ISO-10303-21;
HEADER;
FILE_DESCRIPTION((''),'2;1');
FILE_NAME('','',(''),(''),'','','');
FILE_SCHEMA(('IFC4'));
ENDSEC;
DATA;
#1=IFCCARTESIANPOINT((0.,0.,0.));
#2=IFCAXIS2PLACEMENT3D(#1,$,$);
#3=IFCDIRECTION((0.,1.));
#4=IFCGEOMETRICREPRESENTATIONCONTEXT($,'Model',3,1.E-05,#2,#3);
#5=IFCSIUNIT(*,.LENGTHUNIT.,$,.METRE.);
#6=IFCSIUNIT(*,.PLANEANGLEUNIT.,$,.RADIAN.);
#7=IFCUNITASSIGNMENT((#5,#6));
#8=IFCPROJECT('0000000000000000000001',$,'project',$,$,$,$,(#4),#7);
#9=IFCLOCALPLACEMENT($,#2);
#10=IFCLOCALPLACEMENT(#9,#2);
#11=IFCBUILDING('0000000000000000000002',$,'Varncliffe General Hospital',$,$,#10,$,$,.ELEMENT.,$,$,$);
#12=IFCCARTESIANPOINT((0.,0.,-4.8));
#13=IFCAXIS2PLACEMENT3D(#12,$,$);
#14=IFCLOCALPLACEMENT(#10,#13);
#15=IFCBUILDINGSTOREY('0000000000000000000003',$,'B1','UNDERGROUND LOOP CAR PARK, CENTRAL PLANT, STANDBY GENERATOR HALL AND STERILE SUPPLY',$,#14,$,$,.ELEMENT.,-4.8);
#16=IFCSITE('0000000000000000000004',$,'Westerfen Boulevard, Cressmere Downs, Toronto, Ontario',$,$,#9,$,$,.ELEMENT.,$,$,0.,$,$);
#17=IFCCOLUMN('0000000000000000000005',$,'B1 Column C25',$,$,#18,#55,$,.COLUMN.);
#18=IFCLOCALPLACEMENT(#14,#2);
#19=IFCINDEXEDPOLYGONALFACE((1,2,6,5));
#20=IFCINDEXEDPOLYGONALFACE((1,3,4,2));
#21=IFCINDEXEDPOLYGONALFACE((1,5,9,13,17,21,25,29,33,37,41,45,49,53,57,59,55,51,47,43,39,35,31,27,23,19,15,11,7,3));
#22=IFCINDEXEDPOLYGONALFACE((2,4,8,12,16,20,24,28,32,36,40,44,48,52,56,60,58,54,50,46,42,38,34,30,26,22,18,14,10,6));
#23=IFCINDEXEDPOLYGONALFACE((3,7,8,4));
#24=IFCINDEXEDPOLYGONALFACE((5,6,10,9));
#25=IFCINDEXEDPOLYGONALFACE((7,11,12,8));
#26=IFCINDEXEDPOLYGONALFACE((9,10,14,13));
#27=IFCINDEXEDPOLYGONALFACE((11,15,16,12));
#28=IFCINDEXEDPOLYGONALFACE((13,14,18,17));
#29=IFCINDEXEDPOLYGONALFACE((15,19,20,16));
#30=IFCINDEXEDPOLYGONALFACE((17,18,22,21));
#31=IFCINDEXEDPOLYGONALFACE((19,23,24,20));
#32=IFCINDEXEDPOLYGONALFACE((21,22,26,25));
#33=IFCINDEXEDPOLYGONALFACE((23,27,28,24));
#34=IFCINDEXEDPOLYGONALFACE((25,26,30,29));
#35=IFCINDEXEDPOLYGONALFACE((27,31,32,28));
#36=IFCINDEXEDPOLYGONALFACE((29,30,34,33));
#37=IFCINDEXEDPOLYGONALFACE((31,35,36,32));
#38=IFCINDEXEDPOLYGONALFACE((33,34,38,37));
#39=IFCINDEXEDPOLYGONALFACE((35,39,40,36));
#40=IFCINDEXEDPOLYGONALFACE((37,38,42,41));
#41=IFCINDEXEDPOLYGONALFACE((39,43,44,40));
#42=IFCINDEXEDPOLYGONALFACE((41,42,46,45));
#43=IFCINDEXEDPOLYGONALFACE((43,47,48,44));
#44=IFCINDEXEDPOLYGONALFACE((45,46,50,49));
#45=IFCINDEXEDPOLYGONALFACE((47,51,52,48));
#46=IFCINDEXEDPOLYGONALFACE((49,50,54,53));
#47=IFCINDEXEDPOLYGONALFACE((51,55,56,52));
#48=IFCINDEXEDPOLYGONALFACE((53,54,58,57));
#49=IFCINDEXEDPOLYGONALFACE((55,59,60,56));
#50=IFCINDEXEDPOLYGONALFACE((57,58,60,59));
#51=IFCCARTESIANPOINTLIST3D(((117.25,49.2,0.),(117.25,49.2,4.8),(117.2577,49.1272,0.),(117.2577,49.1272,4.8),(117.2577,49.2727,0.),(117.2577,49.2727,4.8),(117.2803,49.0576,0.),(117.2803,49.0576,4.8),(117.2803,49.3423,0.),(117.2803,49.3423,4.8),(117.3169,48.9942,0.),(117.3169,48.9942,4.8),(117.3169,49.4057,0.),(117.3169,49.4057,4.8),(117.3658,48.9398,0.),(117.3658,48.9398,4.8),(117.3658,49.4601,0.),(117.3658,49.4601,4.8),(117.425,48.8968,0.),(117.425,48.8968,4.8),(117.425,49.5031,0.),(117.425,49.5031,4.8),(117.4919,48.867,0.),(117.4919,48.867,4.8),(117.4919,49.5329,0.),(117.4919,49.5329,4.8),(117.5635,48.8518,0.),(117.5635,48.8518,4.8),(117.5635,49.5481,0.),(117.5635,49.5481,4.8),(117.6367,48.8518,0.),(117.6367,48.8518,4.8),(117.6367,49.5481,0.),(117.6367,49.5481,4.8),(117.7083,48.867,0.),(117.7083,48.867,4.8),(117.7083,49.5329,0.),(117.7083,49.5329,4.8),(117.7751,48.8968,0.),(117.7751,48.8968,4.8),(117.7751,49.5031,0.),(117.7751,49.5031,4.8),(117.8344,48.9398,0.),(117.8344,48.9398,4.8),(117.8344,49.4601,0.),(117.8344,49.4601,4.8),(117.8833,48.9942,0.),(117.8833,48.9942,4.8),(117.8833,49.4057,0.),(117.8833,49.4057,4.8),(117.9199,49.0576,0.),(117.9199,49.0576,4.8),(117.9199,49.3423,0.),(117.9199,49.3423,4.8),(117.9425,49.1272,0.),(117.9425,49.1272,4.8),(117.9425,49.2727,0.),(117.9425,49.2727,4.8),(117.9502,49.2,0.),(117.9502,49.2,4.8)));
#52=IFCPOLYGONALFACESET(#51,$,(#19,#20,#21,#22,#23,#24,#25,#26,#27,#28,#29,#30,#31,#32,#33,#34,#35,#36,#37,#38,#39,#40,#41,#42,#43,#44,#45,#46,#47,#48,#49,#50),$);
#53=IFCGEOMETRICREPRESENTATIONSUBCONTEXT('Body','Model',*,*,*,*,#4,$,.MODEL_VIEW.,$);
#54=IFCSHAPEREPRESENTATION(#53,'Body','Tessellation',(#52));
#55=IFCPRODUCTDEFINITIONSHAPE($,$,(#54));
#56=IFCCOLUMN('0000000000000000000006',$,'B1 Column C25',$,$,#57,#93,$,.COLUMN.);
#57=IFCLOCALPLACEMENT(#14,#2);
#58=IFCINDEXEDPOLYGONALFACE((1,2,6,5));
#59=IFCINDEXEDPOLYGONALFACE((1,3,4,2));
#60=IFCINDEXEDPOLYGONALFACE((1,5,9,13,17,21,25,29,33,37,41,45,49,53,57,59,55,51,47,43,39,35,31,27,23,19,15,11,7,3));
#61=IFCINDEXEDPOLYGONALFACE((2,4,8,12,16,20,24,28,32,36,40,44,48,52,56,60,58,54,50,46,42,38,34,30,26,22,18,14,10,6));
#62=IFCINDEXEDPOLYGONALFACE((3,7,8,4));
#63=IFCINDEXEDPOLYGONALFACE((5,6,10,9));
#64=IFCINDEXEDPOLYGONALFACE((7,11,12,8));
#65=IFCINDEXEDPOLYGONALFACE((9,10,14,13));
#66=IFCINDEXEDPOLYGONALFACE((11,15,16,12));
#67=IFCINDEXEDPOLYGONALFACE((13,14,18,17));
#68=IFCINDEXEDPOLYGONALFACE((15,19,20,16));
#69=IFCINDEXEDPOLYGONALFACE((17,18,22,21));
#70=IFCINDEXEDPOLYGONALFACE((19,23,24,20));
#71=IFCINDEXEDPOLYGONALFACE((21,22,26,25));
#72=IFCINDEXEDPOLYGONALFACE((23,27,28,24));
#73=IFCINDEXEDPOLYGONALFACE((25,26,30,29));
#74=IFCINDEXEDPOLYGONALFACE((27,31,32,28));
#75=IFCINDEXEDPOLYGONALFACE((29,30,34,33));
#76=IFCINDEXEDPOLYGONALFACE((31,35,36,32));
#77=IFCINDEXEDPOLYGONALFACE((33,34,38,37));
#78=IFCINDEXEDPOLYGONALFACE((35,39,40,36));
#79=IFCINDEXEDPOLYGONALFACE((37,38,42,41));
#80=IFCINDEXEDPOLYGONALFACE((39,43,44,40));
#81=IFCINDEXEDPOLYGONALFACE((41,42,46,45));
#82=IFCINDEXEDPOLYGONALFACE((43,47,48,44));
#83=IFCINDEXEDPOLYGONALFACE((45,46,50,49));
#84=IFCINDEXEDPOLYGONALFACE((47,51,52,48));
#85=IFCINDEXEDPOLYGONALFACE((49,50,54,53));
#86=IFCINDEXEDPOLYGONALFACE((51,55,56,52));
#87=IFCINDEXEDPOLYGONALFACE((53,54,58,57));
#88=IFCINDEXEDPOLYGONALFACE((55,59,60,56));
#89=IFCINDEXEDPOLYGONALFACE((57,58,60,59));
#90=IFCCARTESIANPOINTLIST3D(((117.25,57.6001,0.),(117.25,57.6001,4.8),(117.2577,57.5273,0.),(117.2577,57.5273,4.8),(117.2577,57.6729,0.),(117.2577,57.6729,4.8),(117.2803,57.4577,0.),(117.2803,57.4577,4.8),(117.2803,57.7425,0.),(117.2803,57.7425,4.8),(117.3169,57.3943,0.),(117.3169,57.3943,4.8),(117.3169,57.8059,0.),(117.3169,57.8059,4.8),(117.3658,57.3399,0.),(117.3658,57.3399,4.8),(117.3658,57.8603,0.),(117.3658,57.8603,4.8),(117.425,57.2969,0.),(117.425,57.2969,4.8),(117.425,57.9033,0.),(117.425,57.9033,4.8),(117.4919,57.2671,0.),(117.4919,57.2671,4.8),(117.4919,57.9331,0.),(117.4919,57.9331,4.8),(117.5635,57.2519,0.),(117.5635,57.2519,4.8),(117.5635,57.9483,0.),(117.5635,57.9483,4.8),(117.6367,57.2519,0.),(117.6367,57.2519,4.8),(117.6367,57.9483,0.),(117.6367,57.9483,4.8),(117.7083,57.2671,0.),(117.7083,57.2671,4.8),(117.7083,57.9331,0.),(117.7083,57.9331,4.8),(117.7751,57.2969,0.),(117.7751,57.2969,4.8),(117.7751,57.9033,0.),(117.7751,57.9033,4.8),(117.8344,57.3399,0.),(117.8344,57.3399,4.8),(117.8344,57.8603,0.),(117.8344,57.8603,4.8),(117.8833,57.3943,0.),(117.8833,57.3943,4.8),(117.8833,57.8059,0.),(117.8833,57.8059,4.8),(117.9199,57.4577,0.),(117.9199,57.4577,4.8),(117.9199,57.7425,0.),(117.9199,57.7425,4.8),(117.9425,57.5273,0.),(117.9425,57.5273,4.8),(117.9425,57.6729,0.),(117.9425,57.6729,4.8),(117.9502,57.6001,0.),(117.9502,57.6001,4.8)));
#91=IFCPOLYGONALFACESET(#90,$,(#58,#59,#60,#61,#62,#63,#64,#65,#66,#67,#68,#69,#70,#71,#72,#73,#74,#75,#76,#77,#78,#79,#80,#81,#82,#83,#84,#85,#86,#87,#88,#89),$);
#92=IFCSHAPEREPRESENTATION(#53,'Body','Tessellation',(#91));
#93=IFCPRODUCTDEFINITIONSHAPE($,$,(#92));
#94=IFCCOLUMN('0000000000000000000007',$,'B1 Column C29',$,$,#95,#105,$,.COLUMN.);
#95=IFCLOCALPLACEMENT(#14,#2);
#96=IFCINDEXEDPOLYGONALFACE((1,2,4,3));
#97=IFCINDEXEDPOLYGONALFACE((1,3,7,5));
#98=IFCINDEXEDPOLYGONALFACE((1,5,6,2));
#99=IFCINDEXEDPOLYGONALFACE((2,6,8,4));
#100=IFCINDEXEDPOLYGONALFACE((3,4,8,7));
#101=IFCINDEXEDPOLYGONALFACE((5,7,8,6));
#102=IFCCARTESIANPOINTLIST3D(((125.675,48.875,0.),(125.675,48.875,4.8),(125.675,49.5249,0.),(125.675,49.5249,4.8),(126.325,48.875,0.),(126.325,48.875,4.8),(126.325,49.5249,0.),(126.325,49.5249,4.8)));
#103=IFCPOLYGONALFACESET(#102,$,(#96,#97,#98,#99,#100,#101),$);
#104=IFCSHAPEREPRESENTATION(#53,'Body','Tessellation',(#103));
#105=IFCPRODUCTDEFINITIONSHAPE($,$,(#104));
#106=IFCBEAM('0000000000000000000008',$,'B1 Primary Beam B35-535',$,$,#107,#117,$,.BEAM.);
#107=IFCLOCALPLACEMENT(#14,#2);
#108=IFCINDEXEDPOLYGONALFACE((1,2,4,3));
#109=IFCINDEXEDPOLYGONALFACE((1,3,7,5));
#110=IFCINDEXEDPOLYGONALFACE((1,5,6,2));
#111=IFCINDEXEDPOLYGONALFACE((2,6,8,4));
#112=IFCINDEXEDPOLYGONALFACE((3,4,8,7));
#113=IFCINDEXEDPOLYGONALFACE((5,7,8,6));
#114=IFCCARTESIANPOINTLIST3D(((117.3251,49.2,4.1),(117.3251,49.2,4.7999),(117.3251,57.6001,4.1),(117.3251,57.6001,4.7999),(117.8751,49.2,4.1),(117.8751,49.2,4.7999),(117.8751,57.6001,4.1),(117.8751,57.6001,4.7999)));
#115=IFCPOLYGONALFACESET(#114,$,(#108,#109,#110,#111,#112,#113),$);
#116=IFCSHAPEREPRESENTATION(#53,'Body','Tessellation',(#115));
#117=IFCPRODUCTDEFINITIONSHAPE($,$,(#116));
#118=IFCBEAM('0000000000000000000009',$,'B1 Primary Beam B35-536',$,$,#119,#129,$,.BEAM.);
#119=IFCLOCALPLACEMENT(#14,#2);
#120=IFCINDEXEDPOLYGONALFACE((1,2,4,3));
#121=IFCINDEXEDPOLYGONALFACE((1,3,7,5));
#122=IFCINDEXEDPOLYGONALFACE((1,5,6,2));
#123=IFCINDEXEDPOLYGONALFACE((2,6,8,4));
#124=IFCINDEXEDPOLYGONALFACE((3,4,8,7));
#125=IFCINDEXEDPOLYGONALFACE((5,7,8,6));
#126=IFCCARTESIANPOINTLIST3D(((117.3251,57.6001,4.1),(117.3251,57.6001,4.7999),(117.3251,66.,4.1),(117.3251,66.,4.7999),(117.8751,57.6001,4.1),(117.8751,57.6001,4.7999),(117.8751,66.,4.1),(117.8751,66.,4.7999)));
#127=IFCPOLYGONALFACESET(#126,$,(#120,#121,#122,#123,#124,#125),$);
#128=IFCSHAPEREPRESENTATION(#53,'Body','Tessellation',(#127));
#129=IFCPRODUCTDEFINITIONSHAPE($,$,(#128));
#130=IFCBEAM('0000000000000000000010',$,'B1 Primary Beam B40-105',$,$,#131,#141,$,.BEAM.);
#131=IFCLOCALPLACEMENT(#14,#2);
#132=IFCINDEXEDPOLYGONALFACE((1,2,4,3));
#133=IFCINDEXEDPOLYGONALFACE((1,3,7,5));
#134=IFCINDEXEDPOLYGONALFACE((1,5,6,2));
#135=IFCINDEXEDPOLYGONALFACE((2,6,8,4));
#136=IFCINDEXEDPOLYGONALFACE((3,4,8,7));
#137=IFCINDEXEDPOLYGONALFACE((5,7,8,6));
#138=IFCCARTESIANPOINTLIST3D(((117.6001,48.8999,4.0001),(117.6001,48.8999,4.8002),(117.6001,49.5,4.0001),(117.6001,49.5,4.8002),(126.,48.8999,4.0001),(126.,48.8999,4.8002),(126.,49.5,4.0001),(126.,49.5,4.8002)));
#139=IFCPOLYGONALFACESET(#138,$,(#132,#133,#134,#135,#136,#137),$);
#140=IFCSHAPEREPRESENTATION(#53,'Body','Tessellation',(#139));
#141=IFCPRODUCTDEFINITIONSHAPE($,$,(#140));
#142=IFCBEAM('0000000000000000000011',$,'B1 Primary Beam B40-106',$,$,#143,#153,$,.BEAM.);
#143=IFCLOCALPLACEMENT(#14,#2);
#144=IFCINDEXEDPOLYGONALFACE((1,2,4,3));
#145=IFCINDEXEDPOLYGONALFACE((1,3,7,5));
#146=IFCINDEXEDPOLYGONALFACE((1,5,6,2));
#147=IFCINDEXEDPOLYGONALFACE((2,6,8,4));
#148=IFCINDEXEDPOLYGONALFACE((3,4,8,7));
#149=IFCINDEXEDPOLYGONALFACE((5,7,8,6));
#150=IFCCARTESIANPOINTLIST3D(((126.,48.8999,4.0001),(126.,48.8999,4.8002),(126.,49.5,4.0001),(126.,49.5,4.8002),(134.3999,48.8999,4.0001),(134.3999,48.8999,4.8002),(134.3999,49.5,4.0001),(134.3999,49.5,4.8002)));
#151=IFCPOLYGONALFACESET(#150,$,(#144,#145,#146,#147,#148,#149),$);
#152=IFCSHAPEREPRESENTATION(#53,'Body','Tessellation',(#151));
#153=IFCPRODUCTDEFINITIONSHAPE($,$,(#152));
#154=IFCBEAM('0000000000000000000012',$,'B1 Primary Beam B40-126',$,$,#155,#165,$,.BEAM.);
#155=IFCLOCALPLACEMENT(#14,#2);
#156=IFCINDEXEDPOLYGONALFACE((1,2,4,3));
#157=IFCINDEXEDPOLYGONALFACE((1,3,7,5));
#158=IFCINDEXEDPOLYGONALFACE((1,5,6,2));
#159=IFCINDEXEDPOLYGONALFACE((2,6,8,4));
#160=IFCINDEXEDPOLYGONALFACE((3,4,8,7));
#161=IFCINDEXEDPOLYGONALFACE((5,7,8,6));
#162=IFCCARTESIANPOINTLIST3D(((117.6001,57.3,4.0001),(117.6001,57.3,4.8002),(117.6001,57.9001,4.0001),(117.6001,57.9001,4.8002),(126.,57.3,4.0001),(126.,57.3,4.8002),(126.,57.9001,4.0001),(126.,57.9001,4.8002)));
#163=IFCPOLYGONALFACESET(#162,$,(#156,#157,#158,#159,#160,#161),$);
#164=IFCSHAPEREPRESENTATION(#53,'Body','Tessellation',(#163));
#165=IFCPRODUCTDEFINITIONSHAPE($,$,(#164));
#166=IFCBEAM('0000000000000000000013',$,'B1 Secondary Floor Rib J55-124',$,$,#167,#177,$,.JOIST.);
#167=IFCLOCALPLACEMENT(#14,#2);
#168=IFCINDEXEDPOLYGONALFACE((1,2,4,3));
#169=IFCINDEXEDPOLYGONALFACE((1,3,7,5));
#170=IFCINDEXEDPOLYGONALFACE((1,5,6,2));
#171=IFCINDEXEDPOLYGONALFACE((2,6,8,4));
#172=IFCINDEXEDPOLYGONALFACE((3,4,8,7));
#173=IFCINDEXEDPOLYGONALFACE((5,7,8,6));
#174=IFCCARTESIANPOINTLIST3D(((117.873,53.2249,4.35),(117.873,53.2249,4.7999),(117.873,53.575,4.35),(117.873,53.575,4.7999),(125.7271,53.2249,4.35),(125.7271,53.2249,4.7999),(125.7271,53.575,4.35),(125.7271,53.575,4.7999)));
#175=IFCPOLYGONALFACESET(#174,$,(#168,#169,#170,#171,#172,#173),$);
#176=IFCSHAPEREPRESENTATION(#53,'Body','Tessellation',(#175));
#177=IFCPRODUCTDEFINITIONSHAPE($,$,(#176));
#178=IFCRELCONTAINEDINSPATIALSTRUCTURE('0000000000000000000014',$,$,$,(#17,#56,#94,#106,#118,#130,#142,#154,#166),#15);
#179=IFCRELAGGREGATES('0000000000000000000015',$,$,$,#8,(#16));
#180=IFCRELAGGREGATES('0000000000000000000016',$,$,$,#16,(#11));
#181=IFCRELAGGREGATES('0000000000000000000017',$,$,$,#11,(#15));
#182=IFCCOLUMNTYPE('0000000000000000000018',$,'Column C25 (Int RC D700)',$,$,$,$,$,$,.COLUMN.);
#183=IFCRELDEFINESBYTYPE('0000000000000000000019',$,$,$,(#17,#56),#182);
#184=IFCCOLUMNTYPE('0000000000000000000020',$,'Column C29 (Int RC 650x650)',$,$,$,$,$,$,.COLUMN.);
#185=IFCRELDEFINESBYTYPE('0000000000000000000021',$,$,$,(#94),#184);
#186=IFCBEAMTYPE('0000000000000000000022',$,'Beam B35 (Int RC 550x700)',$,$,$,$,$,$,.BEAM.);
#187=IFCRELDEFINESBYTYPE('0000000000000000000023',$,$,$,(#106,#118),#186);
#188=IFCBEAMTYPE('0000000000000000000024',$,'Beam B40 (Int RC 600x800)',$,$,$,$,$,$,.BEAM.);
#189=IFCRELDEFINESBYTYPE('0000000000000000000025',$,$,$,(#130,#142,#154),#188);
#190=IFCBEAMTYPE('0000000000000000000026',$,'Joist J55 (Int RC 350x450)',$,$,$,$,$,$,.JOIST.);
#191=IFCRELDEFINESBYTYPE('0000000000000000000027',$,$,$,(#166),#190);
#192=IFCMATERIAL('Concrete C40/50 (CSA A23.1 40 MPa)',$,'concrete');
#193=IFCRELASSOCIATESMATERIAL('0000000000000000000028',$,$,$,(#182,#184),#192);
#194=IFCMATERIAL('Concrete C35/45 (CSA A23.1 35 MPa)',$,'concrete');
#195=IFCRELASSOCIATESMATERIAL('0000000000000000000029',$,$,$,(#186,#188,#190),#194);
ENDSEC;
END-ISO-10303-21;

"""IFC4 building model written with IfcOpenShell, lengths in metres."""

from ifc_helpers import new_model, si_unit, direction, frame, origin, origin_2d, place, context, subcontext, project, spatial, rectangle, circle, extrude, material, material_profile, profile_set, type_object, element, save


model = new_model("IFC4")

# Units and contexts
model_context = context("Model", 3, precision=1e-05, world=origin(), true_north=direction((0.0, 1.0)))
body_context = subcontext(model_context, "Body", "Model", "MODEL_VIEW")
ifc_project = project(units=[si_unit("LENGTHUNIT", "METRE"), si_unit("PLANEANGLEUNIT", "RADIAN")], contexts=[model_context])

# Site, building, storey
site_placement = place(None, origin())
site = spatial("IfcSite", under=ifc_project, at=site_placement, Name="Westerfen Boulevard, Cressmere Downs, Toronto, Ontario", CompositionType="ELEMENT", RefElevation=0.0)
building_placement = place(site_placement, origin())
building = spatial("IfcBuilding", under=site, at=building_placement, Name="Varncliffe General Hospital", CompositionType="ELEMENT")
storey_placement = place(building_placement, frame((0.0, 0.0, -4.8)))
storey = spatial("IfcBuildingStorey", under=building, at=storey_placement, Name="B1", Description="UNDERGROUND LOOP CAR PARK, CENTRAL PLANT, STANDBY GENERATOR HALL AND STERILE SUPPLY", CompositionType="ELEMENT", Elevation=-4.8)

# Shared definitions
ifc_material_1 = material(Name="Concrete C40/50 (CSA A23.1 40 MPa)", Category="concrete")

# Columns
ifc_material_profile_1 = material_profile(ifc_material_1, circle(Radius=0.3501, at=origin_2d()), Name="RC D700")
ifc_profile_set_1 = profile_set([ifc_material_profile_1], Name="Concrete C40/50 (CSA A23.1 40 MPa)")
column_type_1 = type_object("IfcColumnType", Name="Column C25 (Int RC D700)", PredefinedType="COLUMN", material=ifc_profile_set_1)
for number, where, z_axis, x_axis, name in (
    (1, (117.6001, 49.2, 0.0), (0.0, 0.0, 1.0), (1.0, 0.0, 0.0), "B1 Column C25"),
    (2, (117.6001, 57.6001, 0.0), (0.0, 0.0, 1.0), (1.0, 0.0, 0.0), "B1 Column C25"),
):
    element("IfcColumn", number, at=place(storey_placement, frame(where, z_axis=z_axis, x_axis=x_axis)), inside=storey, type_object=column_type_1, Name=name, PredefinedType="COLUMN", context=body_context, shape_type="SweptSolid", body=[
        extrude(circle(Radius=0.3501, at=origin_2d()), origin(), (0.0, 0.0, 1.0), 4.8),
    ])
ifc_material_profile_2 = material_profile(ifc_material_1, rectangle(XDim=0.6499, YDim=0.6499, at=origin_2d()), Name="RC 650x650")
ifc_profile_set_2 = profile_set([ifc_material_profile_2], Name="Concrete C40/50 (CSA A23.1 40 MPa)")
column_type_2 = type_object("IfcColumnType", Name="Column C29 (Int RC 650x650)", PredefinedType="COLUMN", material=ifc_profile_set_2)
column_placement = place(storey_placement, frame((126.0, 49.2, 0.0), z_axis=(0.0, 0.0, 1.0), x_axis=(1.0, 0.0, 0.0)))
element("IfcColumn", 3, at=column_placement, inside=storey, type_object=column_type_2, Name="B1 Column C29", PredefinedType="COLUMN", context=body_context, shape_type="SweptSolid", body=[
    extrude(rectangle(XDim=0.6499, YDim=0.6499, at=origin_2d()), origin(), (0.0, 0.0, 1.0), 4.8),
])

# Beams
ifc_material_2 = material(Name="Concrete C35/45 (CSA A23.1 35 MPa)", Category="concrete")
ifc_material_profile_3 = material_profile(ifc_material_2, rectangle(XDim=0.55, YDim=0.7, at=origin_2d()), Name="RC 550x700")
ifc_profile_set_3 = profile_set([ifc_material_profile_3], Name="Concrete C35/45 (CSA A23.1 35 MPa)")
beam_type_1 = type_object("IfcBeamType", Name="Beam B35 (Int RC 550x700)", PredefinedType="BEAM", material=ifc_profile_set_3)
beam_1_placement = place(storey_placement, frame((117.6001, 49.2, 4.45), z_axis=(0.0, 1.0, 0.0), x_axis=(-1.0, 0.0, 0.0)))
element("IfcBeam", 4, at=beam_1_placement, inside=storey, type_object=beam_type_1, Name="B1 Primary Beam B35-535", PredefinedType="BEAM", context=body_context, shape_type="SweptSolid", body=[
    extrude(rectangle(XDim=0.55, YDim=0.7, at=origin_2d()), origin(), (0.0, 0.0, 1.0), 8.4001),
])
beam_2_placement = place(storey_placement, frame((117.6001, 57.6001, 4.45), z_axis=(0.0, 1.0, 0.0), x_axis=(-1.0, 0.0, 0.0)))
element("IfcBeam", 5, at=beam_2_placement, inside=storey, type_object=beam_type_1, Name="B1 Primary Beam B35-536", PredefinedType="BEAM", context=body_context, shape_type="SweptSolid", body=[
    extrude(rectangle(XDim=0.55, YDim=0.7, at=origin_2d()), origin(), (0.0, 0.0, 1.0), 8.3999),
])
ifc_material_profile_4 = material_profile(ifc_material_2, rectangle(XDim=0.6001, YDim=0.8, at=origin_2d()), Name="RC 600x800")
ifc_profile_set_4 = profile_set([ifc_material_profile_4], Name="Concrete C35/45 (CSA A23.1 35 MPa)")
beam_type_2 = type_object("IfcBeamType", Name="Beam B40 (Int RC 600x800)", PredefinedType="BEAM", material=ifc_profile_set_4)
for number, where, z_axis, x_axis, name in (
    (6, (117.6001, 49.2, 4.4001), (1.0, 0.0, 0.0), (0.0, 1.0, 0.0), "B1 Primary Beam B40-105"),
    (7, (126.0, 49.2, 4.4001), (1.0, 0.0, 0.0), (0.0, 1.0, 0.0), "B1 Primary Beam B40-106"),
    (8, (117.6001, 57.6001, 4.4001), (1.0, 0.0, 0.0), (0.0, 1.0, 0.0), "B1 Primary Beam B40-126"),
):
    element("IfcBeam", number, at=place(storey_placement, frame(where, z_axis=z_axis, x_axis=x_axis)), inside=storey, type_object=beam_type_2, Name=name, PredefinedType="BEAM", context=body_context, shape_type="SweptSolid", body=[
        extrude(rectangle(XDim=0.6001, YDim=0.8, at=origin_2d()), origin(), (0.0, 0.0, 1.0), 8.3999),
    ])
ifc_material_profile_5 = material_profile(ifc_material_2, rectangle(XDim=0.3501, YDim=0.45, at=origin_2d()), Name="RC 350x450")
ifc_profile_set_5 = profile_set([ifc_material_profile_5], Name="Concrete C35/45 (CSA A23.1 35 MPa)")
beam_type_3 = type_object("IfcBeamType", Name="Joist J55 (Int RC 350x450)", PredefinedType="JOIST", material=ifc_profile_set_5)
beam_3_placement = place(storey_placement, frame((117.873, 53.3999, 4.575), z_axis=(1.0, 0.0, 0.0), x_axis=(0.0, 1.0, 0.0)))
element("IfcBeam", 9, at=beam_3_placement, inside=storey, type_object=beam_type_3, Name="B1 Secondary Floor Rib J55-124", PredefinedType="JOIST", context=body_context, shape_type="SweptSolid", body=[
    extrude(rectangle(XDim=0.3501, YDim=0.45, at=origin_2d()), origin(), (0.0, 0.0, 1.0), 7.854),
])

save(model, "model.ifc")
